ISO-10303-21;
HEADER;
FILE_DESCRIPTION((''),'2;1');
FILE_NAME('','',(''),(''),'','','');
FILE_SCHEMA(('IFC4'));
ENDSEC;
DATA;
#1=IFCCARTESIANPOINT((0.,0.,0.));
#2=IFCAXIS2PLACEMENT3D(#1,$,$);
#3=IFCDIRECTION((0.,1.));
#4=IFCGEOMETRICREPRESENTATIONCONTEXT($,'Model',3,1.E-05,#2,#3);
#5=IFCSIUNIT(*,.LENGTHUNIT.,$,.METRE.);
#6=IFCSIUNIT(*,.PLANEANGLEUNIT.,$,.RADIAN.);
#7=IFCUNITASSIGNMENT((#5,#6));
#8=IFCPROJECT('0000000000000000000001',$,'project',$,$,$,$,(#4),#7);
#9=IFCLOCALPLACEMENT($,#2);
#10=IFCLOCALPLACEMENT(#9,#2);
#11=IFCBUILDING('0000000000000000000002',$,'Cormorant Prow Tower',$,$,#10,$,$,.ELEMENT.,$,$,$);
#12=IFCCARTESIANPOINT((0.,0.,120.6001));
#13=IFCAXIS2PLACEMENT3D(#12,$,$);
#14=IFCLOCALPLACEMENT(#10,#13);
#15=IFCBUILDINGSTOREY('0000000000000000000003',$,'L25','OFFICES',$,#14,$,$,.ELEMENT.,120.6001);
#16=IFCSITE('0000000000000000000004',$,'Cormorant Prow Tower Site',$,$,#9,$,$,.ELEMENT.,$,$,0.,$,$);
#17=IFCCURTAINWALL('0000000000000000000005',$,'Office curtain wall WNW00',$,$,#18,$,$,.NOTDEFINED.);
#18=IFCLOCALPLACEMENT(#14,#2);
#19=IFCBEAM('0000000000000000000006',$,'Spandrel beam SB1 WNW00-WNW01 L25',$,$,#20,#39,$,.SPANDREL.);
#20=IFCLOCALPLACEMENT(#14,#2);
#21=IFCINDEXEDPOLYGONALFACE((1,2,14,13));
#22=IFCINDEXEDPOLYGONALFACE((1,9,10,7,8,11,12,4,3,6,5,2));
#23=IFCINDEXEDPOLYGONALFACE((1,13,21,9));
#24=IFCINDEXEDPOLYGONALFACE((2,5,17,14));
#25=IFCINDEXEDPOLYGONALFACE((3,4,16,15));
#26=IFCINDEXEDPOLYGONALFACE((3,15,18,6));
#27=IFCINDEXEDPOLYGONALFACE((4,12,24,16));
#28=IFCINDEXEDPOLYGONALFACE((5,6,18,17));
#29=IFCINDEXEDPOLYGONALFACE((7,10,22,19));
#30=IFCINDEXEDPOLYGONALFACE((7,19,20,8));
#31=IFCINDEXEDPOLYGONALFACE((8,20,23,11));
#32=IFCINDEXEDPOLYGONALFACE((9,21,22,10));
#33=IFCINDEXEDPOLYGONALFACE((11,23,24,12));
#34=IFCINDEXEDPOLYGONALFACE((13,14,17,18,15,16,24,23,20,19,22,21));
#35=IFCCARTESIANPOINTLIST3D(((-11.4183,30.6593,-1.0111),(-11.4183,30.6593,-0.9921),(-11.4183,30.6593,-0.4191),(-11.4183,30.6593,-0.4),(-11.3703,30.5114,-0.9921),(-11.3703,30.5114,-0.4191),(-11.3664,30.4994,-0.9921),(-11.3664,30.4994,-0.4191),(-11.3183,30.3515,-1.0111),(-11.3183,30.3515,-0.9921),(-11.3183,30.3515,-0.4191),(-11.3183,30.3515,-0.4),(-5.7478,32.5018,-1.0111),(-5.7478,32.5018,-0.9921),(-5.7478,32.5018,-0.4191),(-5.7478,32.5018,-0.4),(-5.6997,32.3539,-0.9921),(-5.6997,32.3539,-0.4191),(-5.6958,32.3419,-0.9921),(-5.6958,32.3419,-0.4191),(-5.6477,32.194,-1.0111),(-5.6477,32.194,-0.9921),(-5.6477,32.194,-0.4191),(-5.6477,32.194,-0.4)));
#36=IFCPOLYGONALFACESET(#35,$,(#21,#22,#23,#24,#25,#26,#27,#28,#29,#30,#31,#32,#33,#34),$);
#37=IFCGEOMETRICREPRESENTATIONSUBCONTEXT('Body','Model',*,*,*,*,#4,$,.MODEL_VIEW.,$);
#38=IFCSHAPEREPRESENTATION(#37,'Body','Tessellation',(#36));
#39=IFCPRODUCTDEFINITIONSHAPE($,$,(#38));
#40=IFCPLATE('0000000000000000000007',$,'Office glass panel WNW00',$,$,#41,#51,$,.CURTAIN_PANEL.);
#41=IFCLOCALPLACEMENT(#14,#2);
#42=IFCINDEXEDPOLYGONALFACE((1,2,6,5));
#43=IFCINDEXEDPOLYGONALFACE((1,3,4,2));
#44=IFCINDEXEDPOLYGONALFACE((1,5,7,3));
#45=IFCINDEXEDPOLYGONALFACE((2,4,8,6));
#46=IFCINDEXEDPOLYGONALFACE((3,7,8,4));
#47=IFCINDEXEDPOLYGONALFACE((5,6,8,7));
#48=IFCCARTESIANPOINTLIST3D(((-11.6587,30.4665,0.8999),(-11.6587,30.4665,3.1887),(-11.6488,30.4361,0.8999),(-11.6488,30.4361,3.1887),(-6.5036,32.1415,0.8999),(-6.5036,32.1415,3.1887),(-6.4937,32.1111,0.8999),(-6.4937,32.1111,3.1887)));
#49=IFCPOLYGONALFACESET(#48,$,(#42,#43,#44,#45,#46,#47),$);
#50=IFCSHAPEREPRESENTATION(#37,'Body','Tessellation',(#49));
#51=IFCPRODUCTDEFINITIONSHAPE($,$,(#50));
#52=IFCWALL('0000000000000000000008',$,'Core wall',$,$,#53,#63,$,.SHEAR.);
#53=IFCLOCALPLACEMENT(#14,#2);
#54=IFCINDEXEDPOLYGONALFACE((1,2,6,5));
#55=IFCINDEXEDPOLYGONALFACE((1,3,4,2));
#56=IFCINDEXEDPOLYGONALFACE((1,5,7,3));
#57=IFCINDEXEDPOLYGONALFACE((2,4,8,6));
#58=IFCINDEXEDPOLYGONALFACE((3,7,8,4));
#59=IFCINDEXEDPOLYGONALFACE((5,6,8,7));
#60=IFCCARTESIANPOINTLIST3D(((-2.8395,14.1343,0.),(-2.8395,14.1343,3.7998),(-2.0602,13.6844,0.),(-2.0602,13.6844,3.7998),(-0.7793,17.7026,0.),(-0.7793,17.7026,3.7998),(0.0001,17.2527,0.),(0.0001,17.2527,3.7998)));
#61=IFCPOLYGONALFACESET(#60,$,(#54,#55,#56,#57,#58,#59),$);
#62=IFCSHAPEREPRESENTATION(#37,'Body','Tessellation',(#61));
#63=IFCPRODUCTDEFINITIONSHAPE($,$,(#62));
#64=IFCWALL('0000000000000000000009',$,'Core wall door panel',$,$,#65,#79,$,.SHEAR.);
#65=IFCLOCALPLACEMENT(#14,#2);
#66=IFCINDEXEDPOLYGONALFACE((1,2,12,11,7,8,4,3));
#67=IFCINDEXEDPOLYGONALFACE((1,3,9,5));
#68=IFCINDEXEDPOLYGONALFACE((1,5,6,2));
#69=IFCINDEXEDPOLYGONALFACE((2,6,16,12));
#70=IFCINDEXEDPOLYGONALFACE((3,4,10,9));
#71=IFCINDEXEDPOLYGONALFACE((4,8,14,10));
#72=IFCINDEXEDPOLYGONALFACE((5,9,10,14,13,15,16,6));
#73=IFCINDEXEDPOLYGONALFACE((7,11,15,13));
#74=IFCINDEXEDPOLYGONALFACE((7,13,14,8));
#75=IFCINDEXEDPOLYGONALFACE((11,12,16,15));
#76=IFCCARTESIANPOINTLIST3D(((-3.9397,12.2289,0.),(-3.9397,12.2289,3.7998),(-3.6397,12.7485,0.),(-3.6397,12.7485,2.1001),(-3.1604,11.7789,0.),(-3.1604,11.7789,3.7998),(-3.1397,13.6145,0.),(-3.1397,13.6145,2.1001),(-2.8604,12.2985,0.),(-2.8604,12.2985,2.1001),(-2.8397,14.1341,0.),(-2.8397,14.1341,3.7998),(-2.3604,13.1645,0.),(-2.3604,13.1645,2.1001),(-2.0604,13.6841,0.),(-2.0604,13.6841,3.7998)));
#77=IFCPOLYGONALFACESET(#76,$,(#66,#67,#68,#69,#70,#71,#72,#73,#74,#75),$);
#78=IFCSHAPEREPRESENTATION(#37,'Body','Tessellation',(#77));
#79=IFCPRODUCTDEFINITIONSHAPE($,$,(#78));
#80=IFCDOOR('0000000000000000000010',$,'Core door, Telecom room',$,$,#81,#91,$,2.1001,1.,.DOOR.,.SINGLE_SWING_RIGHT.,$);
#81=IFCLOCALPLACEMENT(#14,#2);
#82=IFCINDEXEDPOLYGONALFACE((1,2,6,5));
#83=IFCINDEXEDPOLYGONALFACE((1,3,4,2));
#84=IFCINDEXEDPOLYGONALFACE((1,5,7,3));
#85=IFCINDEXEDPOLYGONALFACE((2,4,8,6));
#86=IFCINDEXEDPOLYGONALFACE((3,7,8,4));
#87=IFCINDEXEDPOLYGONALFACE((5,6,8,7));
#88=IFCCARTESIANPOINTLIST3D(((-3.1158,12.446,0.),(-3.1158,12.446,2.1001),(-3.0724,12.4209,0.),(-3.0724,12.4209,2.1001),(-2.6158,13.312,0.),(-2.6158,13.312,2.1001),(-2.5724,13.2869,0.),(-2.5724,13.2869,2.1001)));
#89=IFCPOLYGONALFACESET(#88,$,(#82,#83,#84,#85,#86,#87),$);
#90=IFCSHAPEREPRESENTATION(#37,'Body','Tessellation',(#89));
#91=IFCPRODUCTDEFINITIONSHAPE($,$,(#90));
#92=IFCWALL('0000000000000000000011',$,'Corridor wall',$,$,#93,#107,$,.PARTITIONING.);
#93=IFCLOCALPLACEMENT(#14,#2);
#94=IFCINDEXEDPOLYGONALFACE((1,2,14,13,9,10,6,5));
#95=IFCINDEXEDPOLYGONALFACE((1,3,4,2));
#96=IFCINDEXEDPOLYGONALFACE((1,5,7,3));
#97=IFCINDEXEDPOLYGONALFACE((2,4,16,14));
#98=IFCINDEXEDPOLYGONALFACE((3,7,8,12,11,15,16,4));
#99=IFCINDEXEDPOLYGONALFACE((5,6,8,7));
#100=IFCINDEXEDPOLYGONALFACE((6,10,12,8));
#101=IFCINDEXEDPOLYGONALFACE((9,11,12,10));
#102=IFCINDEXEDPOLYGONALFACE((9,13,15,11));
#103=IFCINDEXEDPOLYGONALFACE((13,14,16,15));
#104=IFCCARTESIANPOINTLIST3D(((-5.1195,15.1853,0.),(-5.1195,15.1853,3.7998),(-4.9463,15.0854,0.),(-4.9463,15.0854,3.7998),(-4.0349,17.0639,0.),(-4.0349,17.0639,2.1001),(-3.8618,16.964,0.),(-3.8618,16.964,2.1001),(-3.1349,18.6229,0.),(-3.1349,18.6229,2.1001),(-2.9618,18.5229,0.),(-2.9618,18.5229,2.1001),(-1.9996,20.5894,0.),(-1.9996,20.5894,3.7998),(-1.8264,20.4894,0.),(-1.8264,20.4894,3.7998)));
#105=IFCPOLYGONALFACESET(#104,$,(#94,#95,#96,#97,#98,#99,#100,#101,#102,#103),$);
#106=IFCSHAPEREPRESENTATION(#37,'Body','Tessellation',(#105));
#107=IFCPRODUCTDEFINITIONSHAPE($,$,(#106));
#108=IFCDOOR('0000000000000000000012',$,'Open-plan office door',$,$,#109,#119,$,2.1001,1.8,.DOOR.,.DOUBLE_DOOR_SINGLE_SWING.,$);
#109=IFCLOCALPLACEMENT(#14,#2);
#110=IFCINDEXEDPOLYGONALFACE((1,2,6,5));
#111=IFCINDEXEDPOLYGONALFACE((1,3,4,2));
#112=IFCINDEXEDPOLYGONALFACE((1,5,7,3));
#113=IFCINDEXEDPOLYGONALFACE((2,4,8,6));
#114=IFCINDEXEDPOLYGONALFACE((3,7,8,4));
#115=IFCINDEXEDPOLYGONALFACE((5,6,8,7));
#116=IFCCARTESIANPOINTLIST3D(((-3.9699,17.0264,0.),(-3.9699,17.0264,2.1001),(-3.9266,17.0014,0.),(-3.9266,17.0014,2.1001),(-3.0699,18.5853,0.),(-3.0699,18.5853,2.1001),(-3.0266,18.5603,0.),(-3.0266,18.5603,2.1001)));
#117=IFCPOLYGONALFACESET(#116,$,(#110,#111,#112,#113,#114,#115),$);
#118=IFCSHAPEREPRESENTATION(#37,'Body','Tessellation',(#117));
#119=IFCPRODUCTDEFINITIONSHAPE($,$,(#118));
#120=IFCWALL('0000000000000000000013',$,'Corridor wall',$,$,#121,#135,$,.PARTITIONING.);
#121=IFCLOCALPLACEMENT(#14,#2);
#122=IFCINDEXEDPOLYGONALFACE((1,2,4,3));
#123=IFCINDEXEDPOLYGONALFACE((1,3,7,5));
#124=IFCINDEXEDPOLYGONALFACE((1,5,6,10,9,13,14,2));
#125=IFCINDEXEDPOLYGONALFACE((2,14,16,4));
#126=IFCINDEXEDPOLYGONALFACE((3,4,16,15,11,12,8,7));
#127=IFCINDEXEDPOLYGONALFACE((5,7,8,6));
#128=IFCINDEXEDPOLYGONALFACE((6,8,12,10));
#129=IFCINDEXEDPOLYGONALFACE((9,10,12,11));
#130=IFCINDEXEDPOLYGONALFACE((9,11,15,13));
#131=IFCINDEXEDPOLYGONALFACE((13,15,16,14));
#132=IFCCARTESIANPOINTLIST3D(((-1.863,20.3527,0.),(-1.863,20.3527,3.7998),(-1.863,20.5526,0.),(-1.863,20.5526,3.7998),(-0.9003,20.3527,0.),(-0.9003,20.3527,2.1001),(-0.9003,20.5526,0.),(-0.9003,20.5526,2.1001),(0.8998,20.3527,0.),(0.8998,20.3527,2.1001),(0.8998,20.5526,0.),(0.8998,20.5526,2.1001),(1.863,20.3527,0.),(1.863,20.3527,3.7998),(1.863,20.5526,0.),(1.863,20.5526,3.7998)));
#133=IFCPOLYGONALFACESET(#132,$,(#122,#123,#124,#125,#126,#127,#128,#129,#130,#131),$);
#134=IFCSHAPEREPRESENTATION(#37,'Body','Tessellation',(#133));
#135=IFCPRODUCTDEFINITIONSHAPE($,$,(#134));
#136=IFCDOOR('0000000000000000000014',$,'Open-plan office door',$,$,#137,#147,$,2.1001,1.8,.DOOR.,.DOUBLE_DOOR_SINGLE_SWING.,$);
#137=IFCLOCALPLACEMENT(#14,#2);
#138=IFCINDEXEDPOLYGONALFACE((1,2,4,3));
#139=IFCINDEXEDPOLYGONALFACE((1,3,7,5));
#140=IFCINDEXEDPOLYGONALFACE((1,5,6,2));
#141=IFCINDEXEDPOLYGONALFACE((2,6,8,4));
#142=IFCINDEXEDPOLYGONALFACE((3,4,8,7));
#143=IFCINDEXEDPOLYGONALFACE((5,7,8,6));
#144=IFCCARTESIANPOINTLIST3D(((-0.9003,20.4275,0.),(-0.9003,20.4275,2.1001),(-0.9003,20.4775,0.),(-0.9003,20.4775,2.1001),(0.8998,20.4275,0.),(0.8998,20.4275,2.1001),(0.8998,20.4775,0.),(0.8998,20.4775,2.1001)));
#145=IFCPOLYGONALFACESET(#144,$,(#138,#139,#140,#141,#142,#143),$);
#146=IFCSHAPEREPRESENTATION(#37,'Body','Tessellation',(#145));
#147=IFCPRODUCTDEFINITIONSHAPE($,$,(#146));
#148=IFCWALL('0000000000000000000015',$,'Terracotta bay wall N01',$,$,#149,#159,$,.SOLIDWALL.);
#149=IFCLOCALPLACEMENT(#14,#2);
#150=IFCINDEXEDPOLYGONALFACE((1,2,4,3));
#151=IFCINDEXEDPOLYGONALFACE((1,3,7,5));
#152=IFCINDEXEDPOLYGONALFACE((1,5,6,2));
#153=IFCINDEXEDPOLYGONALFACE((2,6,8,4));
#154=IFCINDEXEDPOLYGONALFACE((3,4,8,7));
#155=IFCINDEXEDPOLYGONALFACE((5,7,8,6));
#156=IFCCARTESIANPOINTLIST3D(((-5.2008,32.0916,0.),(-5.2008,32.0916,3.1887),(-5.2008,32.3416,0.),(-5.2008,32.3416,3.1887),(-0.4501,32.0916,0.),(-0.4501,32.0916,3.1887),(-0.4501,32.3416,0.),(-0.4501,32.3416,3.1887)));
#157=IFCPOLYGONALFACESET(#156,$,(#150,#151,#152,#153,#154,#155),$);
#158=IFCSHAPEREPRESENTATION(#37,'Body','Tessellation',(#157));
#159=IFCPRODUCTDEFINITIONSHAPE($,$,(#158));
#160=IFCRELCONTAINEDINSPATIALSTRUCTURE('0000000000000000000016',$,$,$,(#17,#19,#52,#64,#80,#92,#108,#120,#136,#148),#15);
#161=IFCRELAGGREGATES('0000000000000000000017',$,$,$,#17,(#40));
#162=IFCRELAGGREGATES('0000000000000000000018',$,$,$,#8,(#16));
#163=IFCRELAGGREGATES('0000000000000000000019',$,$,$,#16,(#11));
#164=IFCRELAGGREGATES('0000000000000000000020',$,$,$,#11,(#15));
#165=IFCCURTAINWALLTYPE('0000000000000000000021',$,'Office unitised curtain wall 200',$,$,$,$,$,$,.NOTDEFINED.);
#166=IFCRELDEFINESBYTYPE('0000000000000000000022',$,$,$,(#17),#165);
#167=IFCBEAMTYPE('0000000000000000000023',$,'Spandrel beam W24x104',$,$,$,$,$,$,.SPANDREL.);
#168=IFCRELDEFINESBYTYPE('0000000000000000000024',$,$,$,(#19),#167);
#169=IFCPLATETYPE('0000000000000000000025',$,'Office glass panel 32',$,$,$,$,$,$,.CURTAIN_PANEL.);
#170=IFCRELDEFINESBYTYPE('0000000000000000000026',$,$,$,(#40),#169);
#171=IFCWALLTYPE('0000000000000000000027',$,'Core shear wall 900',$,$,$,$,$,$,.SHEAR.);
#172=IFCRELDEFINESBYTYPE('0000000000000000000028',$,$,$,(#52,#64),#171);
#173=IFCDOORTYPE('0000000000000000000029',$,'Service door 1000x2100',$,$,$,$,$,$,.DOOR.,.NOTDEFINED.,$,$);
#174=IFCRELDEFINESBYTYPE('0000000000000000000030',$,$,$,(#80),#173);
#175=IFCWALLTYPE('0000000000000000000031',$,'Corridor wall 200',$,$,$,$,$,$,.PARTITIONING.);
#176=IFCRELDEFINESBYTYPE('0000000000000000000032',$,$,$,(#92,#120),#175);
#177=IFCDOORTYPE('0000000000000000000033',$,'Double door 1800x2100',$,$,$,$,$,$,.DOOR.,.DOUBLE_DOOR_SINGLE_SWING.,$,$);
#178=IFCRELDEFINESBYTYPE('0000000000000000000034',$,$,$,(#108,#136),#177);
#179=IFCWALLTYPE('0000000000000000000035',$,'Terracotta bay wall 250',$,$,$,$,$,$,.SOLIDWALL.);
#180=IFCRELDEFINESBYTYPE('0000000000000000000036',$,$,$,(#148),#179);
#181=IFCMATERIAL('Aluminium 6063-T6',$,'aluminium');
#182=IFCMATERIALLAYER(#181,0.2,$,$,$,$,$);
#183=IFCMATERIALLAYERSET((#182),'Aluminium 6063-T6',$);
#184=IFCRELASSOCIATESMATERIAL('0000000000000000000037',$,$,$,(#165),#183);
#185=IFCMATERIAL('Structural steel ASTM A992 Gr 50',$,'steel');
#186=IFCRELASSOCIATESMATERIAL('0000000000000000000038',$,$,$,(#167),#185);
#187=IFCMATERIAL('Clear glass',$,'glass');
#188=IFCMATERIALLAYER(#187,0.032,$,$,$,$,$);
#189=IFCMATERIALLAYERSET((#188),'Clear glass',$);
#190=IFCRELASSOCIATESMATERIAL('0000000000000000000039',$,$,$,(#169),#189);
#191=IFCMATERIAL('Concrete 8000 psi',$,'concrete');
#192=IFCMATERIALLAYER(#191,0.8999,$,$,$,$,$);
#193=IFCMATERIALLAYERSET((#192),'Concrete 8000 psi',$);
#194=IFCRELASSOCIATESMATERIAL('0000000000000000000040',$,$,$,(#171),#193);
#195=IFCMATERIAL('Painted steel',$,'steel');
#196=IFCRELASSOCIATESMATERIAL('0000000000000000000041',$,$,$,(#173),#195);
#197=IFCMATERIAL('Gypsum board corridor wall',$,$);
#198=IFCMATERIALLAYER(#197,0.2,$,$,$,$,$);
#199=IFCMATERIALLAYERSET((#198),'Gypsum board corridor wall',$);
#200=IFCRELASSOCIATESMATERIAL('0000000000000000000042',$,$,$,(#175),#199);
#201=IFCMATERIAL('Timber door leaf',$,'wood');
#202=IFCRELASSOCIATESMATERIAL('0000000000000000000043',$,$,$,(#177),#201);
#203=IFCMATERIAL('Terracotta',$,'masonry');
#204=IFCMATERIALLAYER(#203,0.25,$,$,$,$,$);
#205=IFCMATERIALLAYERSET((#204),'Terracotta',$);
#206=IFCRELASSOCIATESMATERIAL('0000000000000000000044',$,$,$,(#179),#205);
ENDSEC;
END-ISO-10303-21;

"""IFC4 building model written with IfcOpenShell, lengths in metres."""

from ifc_helpers import new_model, si_unit, direction, frame, frame_2d, origin, origin_2d, place, context, subcontext, project, spatial, rectangle, i_section, extrude, material, layer, layer_set, material_profile, profile_set, type_object, element, fill, aggregate, save


model = new_model("IFC4")

# Units and contexts
model_context = context("Model", 3, precision=1e-05, world=origin(), true_north=direction((0.0, 1.0)))
body_context = subcontext(model_context, "Body", "Model", "MODEL_VIEW")
ifc_project = project(units=[si_unit("LENGTHUNIT", "METRE"), si_unit("PLANEANGLEUNIT", "RADIAN")], contexts=[model_context])

# Site, building, storey
site_placement = place(None, origin())
site = spatial("IfcSite", under=ifc_project, at=site_placement, Name="Cormorant Prow Tower Site", CompositionType="ELEMENT", RefElevation=0.0)
building_placement = place(site_placement, origin())
building = spatial("IfcBuilding", under=site, at=building_placement, Name="Cormorant Prow Tower", CompositionType="ELEMENT")
storey_placement = place(building_placement, frame((0.0, 0.0, 120.6001)))
storey = spatial("IfcBuildingStorey", under=building, at=storey_placement, Name="L25", Description="OFFICES", CompositionType="ELEMENT", Elevation=120.6001)

# Curtain wall
ifc_material_1 = material(Name="Aluminium 6063-T6", Category="aluminium")
ifc_layer_1 = layer(ifc_material_1, 0.2)
ifc_layer_set_1 = layer_set([ifc_layer_1], Name="Aluminium 6063-T6")
curtain_wall_type = type_object("IfcCurtainWallType", Name="Office unitised curtain wall 200", PredefinedType="NOTDEFINED", material=ifc_layer_set_1)
curtain_wall_placement = place(storey_placement, origin())
curtain_wall = element("IfcCurtainWall", 1, at=curtain_wall_placement, inside=storey, type_object=curtain_wall_type, Name="Office curtain wall WNW00", PredefinedType="NOTDEFINED")

# Beam
ifc_material_2 = material(Name="Structural steel ASTM A992 Gr 50", Category="steel")
ifc_material_profile_1 = material_profile(ifc_material_2, i_section(OverallWidth=0.3237, OverallDepth=0.6111, WebThickness=0.0127, FlangeThickness=0.019, at=origin_2d()), Name="W24x104")
ifc_profile_set_1 = profile_set([ifc_material_profile_1], Name="Structural steel ASTM A992 Gr 50")
beam_type_1 = type_object("IfcBeamType", Name="Spandrel beam W24x104", PredefinedType="SPANDREL", material=ifc_profile_set_1)
beam_1_placement = place(storey_placement, frame((-5.6978, 32.3479, -0.7056), z_axis=(-0.951055, -0.30902, 0.0), x_axis=(0.30902, -0.951055, 0.0)))
element("IfcBeam", 2, at=beam_1_placement, inside=storey, type_object=beam_type_1, Name="Spandrel beam SB1 WNW00-WNW01 L25", PredefinedType="SPANDREL", context=body_context, shape_type="SweptSolid", body=[
    extrude(i_section(OverallWidth=0.3237, OverallDepth=0.6111, WebThickness=0.0127, FlangeThickness=0.019, at=origin_2d()), origin(), (0.0, 0.0, 1.0), 5.9624),
])

# Plate
ifc_material_3 = material(Name="Clear glass", Category="glass")
ifc_layer_2 = layer(ifc_material_3, 0.032)
ifc_layer_set_2 = layer_set([ifc_layer_2], Name="Clear glass")
plate_type = type_object("IfcPlateType", Name="Office glass panel 32", PredefinedType="CURTAIN_PANEL", material=ifc_layer_set_2)
plate_placement = place(storey_placement, frame((-9.0762, 31.2888, 0.8999), z_axis=(0.0, 0.0, 1.0), x_axis=(-0.951057, -0.309017, 0.0)))
plate = element("IfcPlate", 3, at=plate_placement, type_object=plate_type, Name="Office glass panel WNW00", PredefinedType="CURTAIN_PANEL", context=body_context, shape_type="SweptSolid", body=[
    extrude(rectangle(XDim=5.4204, YDim=0.032, at=origin_2d()), origin(), (0.0, 0.0, 1.0), 2.2888),
])
aggregate(curtain_wall, [plate])

# Wall
ifc_material_4 = material(Name="Concrete 8000 psi", Category="concrete")
ifc_layer_3 = layer(ifc_material_4, 0.8999)
ifc_layer_set_3 = layer_set([ifc_layer_3], Name="Concrete 8000 psi")
wall_type_1 = type_object("IfcWallType", Name="Core shear wall 900", PredefinedType="SHEAR", material=ifc_layer_set_3)
wall_1_placement = place(storey_placement, frame((-0.3896, 17.4775, 0.0), z_axis=(0.0, 0.0, 1.0), x_axis=(-0.50002, -0.866014, 0.0)))
element("IfcWall", 4, at=wall_1_placement, inside=storey, type_object=wall_type_1, Name="Core wall", PredefinedType="SHEAR", context=body_context, shape_type="SweptSolid", body=[
    extrude(rectangle(XDim=4.1204, YDim=0.8999, at=frame_2d((2.0601, 0.0))), origin(), (0.0, 0.0, 1.0), 3.7998),
])

# Walls, openings, doors
wall_2_placement = place(storey_placement, frame((-2.45, 13.9092, 0.0), z_axis=(0.0, 0.0, 1.0), x_axis=(-0.50003, -0.866008, 0.0)))
wall_2 = element("IfcWall", 5, at=wall_2_placement, inside=storey, type_object=wall_type_1, Name="Core wall door panel", PredefinedType="SHEAR", context=body_context, shape_type="SweptSolid", body=[
    extrude(rectangle(XDim=2.2, YDim=0.8999, at=frame_2d((1.1001, 0.0))), origin(), (0.0, 0.0, 1.0), 3.7998),
])
opening_1_placement = place(wall_2_placement, frame((0.6001, 0.0, 0.0)))
opening_1 = element("IfcOpeningElement", 6, at=opening_1_placement, cuts=wall_2, PredefinedType="OPENING", context=body_context, shape_type="SweptSolid", body=[
    extrude(rectangle(XDim=1.0, YDim=2.1001, at=frame_2d((0.5, 1.05))), frame((0.0, 0.46, 0.0), z_axis=(0.0, -1.0, 0.0), x_axis=(1.0, 0.0, 0.0)), (0.0, 0.0, 1.0), 0.9199),
])
ifc_material_5 = material(Name="Painted steel", Category="steel")
door_type_1 = type_object("IfcDoorType", Name="Service door 1000x2100", OperationType="NOTDEFINED", PredefinedType="DOOR", material=ifc_material_5)
door_1_placement = place(opening_1_placement, origin())
door_1 = element("IfcDoor", 7, at=door_1_placement, inside=storey, type_object=door_type_1, Name="Core door, Telecom room", OperationType="SINGLE_SWING_RIGHT", OverallHeight=2.1001, OverallWidth=1.0, PredefinedType="DOOR", context=body_context, shape_type="SweptSolid", body=[
    extrude(rectangle(XDim=1.0, YDim=2.1001, at=frame_2d((0.5, 1.05))), frame((0.0, 0.2051, 0.0), z_axis=(0.0, -1.0, 0.0), x_axis=(1.0, 0.0, 0.0)), (0.0, 0.0, 1.0), 0.05),
])
fill(opening_1, door_1)
ifc_material_6 = material(Name="Gypsum board corridor wall")
ifc_layer_4 = layer(ifc_material_6, 0.2)
ifc_layer_set_4 = layer_set([ifc_layer_4], Name="Gypsum board corridor wall")
wall_type_2 = type_object("IfcWallType", Name="Corridor wall 200", PredefinedType="PARTITIONING", material=ifc_layer_set_4)
wall_3_placement = place(storey_placement, frame((-5.033, 15.1353, 0.0), z_axis=(0.0, 0.0, 1.0), x_axis=(0.499981, 0.866036, 0.0)))
wall_3 = element("IfcWall", 8, at=wall_3_placement, inside=storey, type_object=wall_type_2, Name="Corridor wall", PredefinedType="PARTITIONING", context=body_context, shape_type="SweptSolid", body=[
    extrude(rectangle(XDim=6.24, YDim=0.2, at=frame_2d((3.1201, 0.0))), origin(), (0.0, 0.0, 1.0), 3.7998),
])
opening_2_placement = place(wall_3_placement, frame((2.1694, 0.0, 0.0)))
opening_2 = element("IfcOpeningElement", 9, at=opening_2_placement, cuts=wall_3, PredefinedType="OPENING", context=body_context, shape_type="SweptSolid", body=[
    extrude(rectangle(XDim=1.8, YDim=2.1001, at=frame_2d((0.8999, 1.05))), frame((0.0, 0.1099, 0.0), z_axis=(0.0, -1.0, 0.0), x_axis=(1.0, 0.0, 0.0)), (0.0, 0.0, 1.0), 0.22),
])
ifc_material_7 = material(Name="Timber door leaf", Category="wood")
door_type_2 = type_object("IfcDoorType", Name="Double door 1800x2100", OperationType="DOUBLE_DOOR_SINGLE_SWING", PredefinedType="DOOR", material=ifc_material_7)
door_2_placement = place(opening_2_placement, origin())
door_2 = element("IfcDoor", 10, at=door_2_placement, inside=storey, type_object=door_type_2, Name="Open-plan office door", OperationType="DOUBLE_DOOR_SINGLE_SWING", OverallHeight=2.1001, OverallWidth=1.8, PredefinedType="DOOR", context=body_context, shape_type="SweptSolid", body=[
    extrude(rectangle(XDim=1.8, YDim=2.1001, at=frame_2d((0.8999, 1.05))), frame((0.0, 0.0249, 0.0), z_axis=(0.0, -1.0, 0.0), x_axis=(1.0, 0.0, 0.0)), (0.0, 0.0, 1.0), 0.05),
])
fill(opening_2, door_2)
wall_4_placement = place(storey_placement, frame((-1.863, 20.4526, 0.0), z_axis=(0.0, 0.0, 1.0), x_axis=(1.0, 0.0, 0.0)))
wall_4 = element("IfcWall", 11, at=wall_4_placement, inside=storey, type_object=wall_type_2, Name="Corridor wall", PredefinedType="PARTITIONING", context=body_context, shape_type="SweptSolid", body=[
    extrude(rectangle(XDim=3.7261, YDim=0.2, at=frame_2d((1.863, 0.0))), origin(), (0.0, 0.0, 1.0), 3.7998),
])
opening_3_placement = place(wall_4_placement, frame((0.9629, 0.0, 0.0)))
opening_3 = element("IfcOpeningElement", 12, at=opening_3_placement, cuts=wall_4, PredefinedType="OPENING", context=body_context, shape_type="SweptSolid", body=[
    extrude(rectangle(XDim=1.8, YDim=2.1001, at=frame_2d((0.8999, 1.05))), frame((0.0, 0.1099, 0.0), z_axis=(0.0, -1.0, 0.0), x_axis=(1.0, 0.0, 0.0)), (0.0, 0.0, 1.0), 0.22),
])
door_3_placement = place(opening_3_placement, origin())
door_3 = element("IfcDoor", 13, at=door_3_placement, inside=storey, type_object=door_type_2, Name="Open-plan office door", OperationType="DOUBLE_DOOR_SINGLE_SWING", OverallHeight=2.1001, OverallWidth=1.8, PredefinedType="DOOR", context=body_context, shape_type="SweptSolid", body=[
    extrude(rectangle(XDim=1.8, YDim=2.1001, at=frame_2d((0.8999, 1.05))), frame((0.0, 0.0249, 0.0), z_axis=(0.0, -1.0, 0.0), x_axis=(1.0, 0.0, 0.0)), (0.0, 0.0, 1.0), 0.05),
])
fill(opening_3, door_3)

# Wall
ifc_material_8 = material(Name="Terracotta", Category="masonry")
ifc_layer_5 = layer(ifc_material_8, 0.25)
ifc_layer_set_5 = layer_set([ifc_layer_5], Name="Terracotta")
wall_type_3 = type_object("IfcWallType", Name="Terracotta bay wall 250", PredefinedType="SOLIDWALL", material=ifc_layer_set_5)
wall_5_placement = place(storey_placement, frame((-0.45, 32.2166, 0.0), z_axis=(0.0, 0.0, 1.0), x_axis=(-1.0, 0.0, 0.0)))
element("IfcWall", 14, at=wall_5_placement, inside=storey, type_object=wall_type_3, Name="Terracotta bay wall N01", PredefinedType="SOLIDWALL", context=body_context, shape_type="SweptSolid", body=[
    extrude(rectangle(XDim=4.7507, YDim=0.25, at=frame_2d((2.3755, 0.0))), origin(), (0.0, 0.0, 1.0), 3.1887),
])

save(model, "model.ifc")
